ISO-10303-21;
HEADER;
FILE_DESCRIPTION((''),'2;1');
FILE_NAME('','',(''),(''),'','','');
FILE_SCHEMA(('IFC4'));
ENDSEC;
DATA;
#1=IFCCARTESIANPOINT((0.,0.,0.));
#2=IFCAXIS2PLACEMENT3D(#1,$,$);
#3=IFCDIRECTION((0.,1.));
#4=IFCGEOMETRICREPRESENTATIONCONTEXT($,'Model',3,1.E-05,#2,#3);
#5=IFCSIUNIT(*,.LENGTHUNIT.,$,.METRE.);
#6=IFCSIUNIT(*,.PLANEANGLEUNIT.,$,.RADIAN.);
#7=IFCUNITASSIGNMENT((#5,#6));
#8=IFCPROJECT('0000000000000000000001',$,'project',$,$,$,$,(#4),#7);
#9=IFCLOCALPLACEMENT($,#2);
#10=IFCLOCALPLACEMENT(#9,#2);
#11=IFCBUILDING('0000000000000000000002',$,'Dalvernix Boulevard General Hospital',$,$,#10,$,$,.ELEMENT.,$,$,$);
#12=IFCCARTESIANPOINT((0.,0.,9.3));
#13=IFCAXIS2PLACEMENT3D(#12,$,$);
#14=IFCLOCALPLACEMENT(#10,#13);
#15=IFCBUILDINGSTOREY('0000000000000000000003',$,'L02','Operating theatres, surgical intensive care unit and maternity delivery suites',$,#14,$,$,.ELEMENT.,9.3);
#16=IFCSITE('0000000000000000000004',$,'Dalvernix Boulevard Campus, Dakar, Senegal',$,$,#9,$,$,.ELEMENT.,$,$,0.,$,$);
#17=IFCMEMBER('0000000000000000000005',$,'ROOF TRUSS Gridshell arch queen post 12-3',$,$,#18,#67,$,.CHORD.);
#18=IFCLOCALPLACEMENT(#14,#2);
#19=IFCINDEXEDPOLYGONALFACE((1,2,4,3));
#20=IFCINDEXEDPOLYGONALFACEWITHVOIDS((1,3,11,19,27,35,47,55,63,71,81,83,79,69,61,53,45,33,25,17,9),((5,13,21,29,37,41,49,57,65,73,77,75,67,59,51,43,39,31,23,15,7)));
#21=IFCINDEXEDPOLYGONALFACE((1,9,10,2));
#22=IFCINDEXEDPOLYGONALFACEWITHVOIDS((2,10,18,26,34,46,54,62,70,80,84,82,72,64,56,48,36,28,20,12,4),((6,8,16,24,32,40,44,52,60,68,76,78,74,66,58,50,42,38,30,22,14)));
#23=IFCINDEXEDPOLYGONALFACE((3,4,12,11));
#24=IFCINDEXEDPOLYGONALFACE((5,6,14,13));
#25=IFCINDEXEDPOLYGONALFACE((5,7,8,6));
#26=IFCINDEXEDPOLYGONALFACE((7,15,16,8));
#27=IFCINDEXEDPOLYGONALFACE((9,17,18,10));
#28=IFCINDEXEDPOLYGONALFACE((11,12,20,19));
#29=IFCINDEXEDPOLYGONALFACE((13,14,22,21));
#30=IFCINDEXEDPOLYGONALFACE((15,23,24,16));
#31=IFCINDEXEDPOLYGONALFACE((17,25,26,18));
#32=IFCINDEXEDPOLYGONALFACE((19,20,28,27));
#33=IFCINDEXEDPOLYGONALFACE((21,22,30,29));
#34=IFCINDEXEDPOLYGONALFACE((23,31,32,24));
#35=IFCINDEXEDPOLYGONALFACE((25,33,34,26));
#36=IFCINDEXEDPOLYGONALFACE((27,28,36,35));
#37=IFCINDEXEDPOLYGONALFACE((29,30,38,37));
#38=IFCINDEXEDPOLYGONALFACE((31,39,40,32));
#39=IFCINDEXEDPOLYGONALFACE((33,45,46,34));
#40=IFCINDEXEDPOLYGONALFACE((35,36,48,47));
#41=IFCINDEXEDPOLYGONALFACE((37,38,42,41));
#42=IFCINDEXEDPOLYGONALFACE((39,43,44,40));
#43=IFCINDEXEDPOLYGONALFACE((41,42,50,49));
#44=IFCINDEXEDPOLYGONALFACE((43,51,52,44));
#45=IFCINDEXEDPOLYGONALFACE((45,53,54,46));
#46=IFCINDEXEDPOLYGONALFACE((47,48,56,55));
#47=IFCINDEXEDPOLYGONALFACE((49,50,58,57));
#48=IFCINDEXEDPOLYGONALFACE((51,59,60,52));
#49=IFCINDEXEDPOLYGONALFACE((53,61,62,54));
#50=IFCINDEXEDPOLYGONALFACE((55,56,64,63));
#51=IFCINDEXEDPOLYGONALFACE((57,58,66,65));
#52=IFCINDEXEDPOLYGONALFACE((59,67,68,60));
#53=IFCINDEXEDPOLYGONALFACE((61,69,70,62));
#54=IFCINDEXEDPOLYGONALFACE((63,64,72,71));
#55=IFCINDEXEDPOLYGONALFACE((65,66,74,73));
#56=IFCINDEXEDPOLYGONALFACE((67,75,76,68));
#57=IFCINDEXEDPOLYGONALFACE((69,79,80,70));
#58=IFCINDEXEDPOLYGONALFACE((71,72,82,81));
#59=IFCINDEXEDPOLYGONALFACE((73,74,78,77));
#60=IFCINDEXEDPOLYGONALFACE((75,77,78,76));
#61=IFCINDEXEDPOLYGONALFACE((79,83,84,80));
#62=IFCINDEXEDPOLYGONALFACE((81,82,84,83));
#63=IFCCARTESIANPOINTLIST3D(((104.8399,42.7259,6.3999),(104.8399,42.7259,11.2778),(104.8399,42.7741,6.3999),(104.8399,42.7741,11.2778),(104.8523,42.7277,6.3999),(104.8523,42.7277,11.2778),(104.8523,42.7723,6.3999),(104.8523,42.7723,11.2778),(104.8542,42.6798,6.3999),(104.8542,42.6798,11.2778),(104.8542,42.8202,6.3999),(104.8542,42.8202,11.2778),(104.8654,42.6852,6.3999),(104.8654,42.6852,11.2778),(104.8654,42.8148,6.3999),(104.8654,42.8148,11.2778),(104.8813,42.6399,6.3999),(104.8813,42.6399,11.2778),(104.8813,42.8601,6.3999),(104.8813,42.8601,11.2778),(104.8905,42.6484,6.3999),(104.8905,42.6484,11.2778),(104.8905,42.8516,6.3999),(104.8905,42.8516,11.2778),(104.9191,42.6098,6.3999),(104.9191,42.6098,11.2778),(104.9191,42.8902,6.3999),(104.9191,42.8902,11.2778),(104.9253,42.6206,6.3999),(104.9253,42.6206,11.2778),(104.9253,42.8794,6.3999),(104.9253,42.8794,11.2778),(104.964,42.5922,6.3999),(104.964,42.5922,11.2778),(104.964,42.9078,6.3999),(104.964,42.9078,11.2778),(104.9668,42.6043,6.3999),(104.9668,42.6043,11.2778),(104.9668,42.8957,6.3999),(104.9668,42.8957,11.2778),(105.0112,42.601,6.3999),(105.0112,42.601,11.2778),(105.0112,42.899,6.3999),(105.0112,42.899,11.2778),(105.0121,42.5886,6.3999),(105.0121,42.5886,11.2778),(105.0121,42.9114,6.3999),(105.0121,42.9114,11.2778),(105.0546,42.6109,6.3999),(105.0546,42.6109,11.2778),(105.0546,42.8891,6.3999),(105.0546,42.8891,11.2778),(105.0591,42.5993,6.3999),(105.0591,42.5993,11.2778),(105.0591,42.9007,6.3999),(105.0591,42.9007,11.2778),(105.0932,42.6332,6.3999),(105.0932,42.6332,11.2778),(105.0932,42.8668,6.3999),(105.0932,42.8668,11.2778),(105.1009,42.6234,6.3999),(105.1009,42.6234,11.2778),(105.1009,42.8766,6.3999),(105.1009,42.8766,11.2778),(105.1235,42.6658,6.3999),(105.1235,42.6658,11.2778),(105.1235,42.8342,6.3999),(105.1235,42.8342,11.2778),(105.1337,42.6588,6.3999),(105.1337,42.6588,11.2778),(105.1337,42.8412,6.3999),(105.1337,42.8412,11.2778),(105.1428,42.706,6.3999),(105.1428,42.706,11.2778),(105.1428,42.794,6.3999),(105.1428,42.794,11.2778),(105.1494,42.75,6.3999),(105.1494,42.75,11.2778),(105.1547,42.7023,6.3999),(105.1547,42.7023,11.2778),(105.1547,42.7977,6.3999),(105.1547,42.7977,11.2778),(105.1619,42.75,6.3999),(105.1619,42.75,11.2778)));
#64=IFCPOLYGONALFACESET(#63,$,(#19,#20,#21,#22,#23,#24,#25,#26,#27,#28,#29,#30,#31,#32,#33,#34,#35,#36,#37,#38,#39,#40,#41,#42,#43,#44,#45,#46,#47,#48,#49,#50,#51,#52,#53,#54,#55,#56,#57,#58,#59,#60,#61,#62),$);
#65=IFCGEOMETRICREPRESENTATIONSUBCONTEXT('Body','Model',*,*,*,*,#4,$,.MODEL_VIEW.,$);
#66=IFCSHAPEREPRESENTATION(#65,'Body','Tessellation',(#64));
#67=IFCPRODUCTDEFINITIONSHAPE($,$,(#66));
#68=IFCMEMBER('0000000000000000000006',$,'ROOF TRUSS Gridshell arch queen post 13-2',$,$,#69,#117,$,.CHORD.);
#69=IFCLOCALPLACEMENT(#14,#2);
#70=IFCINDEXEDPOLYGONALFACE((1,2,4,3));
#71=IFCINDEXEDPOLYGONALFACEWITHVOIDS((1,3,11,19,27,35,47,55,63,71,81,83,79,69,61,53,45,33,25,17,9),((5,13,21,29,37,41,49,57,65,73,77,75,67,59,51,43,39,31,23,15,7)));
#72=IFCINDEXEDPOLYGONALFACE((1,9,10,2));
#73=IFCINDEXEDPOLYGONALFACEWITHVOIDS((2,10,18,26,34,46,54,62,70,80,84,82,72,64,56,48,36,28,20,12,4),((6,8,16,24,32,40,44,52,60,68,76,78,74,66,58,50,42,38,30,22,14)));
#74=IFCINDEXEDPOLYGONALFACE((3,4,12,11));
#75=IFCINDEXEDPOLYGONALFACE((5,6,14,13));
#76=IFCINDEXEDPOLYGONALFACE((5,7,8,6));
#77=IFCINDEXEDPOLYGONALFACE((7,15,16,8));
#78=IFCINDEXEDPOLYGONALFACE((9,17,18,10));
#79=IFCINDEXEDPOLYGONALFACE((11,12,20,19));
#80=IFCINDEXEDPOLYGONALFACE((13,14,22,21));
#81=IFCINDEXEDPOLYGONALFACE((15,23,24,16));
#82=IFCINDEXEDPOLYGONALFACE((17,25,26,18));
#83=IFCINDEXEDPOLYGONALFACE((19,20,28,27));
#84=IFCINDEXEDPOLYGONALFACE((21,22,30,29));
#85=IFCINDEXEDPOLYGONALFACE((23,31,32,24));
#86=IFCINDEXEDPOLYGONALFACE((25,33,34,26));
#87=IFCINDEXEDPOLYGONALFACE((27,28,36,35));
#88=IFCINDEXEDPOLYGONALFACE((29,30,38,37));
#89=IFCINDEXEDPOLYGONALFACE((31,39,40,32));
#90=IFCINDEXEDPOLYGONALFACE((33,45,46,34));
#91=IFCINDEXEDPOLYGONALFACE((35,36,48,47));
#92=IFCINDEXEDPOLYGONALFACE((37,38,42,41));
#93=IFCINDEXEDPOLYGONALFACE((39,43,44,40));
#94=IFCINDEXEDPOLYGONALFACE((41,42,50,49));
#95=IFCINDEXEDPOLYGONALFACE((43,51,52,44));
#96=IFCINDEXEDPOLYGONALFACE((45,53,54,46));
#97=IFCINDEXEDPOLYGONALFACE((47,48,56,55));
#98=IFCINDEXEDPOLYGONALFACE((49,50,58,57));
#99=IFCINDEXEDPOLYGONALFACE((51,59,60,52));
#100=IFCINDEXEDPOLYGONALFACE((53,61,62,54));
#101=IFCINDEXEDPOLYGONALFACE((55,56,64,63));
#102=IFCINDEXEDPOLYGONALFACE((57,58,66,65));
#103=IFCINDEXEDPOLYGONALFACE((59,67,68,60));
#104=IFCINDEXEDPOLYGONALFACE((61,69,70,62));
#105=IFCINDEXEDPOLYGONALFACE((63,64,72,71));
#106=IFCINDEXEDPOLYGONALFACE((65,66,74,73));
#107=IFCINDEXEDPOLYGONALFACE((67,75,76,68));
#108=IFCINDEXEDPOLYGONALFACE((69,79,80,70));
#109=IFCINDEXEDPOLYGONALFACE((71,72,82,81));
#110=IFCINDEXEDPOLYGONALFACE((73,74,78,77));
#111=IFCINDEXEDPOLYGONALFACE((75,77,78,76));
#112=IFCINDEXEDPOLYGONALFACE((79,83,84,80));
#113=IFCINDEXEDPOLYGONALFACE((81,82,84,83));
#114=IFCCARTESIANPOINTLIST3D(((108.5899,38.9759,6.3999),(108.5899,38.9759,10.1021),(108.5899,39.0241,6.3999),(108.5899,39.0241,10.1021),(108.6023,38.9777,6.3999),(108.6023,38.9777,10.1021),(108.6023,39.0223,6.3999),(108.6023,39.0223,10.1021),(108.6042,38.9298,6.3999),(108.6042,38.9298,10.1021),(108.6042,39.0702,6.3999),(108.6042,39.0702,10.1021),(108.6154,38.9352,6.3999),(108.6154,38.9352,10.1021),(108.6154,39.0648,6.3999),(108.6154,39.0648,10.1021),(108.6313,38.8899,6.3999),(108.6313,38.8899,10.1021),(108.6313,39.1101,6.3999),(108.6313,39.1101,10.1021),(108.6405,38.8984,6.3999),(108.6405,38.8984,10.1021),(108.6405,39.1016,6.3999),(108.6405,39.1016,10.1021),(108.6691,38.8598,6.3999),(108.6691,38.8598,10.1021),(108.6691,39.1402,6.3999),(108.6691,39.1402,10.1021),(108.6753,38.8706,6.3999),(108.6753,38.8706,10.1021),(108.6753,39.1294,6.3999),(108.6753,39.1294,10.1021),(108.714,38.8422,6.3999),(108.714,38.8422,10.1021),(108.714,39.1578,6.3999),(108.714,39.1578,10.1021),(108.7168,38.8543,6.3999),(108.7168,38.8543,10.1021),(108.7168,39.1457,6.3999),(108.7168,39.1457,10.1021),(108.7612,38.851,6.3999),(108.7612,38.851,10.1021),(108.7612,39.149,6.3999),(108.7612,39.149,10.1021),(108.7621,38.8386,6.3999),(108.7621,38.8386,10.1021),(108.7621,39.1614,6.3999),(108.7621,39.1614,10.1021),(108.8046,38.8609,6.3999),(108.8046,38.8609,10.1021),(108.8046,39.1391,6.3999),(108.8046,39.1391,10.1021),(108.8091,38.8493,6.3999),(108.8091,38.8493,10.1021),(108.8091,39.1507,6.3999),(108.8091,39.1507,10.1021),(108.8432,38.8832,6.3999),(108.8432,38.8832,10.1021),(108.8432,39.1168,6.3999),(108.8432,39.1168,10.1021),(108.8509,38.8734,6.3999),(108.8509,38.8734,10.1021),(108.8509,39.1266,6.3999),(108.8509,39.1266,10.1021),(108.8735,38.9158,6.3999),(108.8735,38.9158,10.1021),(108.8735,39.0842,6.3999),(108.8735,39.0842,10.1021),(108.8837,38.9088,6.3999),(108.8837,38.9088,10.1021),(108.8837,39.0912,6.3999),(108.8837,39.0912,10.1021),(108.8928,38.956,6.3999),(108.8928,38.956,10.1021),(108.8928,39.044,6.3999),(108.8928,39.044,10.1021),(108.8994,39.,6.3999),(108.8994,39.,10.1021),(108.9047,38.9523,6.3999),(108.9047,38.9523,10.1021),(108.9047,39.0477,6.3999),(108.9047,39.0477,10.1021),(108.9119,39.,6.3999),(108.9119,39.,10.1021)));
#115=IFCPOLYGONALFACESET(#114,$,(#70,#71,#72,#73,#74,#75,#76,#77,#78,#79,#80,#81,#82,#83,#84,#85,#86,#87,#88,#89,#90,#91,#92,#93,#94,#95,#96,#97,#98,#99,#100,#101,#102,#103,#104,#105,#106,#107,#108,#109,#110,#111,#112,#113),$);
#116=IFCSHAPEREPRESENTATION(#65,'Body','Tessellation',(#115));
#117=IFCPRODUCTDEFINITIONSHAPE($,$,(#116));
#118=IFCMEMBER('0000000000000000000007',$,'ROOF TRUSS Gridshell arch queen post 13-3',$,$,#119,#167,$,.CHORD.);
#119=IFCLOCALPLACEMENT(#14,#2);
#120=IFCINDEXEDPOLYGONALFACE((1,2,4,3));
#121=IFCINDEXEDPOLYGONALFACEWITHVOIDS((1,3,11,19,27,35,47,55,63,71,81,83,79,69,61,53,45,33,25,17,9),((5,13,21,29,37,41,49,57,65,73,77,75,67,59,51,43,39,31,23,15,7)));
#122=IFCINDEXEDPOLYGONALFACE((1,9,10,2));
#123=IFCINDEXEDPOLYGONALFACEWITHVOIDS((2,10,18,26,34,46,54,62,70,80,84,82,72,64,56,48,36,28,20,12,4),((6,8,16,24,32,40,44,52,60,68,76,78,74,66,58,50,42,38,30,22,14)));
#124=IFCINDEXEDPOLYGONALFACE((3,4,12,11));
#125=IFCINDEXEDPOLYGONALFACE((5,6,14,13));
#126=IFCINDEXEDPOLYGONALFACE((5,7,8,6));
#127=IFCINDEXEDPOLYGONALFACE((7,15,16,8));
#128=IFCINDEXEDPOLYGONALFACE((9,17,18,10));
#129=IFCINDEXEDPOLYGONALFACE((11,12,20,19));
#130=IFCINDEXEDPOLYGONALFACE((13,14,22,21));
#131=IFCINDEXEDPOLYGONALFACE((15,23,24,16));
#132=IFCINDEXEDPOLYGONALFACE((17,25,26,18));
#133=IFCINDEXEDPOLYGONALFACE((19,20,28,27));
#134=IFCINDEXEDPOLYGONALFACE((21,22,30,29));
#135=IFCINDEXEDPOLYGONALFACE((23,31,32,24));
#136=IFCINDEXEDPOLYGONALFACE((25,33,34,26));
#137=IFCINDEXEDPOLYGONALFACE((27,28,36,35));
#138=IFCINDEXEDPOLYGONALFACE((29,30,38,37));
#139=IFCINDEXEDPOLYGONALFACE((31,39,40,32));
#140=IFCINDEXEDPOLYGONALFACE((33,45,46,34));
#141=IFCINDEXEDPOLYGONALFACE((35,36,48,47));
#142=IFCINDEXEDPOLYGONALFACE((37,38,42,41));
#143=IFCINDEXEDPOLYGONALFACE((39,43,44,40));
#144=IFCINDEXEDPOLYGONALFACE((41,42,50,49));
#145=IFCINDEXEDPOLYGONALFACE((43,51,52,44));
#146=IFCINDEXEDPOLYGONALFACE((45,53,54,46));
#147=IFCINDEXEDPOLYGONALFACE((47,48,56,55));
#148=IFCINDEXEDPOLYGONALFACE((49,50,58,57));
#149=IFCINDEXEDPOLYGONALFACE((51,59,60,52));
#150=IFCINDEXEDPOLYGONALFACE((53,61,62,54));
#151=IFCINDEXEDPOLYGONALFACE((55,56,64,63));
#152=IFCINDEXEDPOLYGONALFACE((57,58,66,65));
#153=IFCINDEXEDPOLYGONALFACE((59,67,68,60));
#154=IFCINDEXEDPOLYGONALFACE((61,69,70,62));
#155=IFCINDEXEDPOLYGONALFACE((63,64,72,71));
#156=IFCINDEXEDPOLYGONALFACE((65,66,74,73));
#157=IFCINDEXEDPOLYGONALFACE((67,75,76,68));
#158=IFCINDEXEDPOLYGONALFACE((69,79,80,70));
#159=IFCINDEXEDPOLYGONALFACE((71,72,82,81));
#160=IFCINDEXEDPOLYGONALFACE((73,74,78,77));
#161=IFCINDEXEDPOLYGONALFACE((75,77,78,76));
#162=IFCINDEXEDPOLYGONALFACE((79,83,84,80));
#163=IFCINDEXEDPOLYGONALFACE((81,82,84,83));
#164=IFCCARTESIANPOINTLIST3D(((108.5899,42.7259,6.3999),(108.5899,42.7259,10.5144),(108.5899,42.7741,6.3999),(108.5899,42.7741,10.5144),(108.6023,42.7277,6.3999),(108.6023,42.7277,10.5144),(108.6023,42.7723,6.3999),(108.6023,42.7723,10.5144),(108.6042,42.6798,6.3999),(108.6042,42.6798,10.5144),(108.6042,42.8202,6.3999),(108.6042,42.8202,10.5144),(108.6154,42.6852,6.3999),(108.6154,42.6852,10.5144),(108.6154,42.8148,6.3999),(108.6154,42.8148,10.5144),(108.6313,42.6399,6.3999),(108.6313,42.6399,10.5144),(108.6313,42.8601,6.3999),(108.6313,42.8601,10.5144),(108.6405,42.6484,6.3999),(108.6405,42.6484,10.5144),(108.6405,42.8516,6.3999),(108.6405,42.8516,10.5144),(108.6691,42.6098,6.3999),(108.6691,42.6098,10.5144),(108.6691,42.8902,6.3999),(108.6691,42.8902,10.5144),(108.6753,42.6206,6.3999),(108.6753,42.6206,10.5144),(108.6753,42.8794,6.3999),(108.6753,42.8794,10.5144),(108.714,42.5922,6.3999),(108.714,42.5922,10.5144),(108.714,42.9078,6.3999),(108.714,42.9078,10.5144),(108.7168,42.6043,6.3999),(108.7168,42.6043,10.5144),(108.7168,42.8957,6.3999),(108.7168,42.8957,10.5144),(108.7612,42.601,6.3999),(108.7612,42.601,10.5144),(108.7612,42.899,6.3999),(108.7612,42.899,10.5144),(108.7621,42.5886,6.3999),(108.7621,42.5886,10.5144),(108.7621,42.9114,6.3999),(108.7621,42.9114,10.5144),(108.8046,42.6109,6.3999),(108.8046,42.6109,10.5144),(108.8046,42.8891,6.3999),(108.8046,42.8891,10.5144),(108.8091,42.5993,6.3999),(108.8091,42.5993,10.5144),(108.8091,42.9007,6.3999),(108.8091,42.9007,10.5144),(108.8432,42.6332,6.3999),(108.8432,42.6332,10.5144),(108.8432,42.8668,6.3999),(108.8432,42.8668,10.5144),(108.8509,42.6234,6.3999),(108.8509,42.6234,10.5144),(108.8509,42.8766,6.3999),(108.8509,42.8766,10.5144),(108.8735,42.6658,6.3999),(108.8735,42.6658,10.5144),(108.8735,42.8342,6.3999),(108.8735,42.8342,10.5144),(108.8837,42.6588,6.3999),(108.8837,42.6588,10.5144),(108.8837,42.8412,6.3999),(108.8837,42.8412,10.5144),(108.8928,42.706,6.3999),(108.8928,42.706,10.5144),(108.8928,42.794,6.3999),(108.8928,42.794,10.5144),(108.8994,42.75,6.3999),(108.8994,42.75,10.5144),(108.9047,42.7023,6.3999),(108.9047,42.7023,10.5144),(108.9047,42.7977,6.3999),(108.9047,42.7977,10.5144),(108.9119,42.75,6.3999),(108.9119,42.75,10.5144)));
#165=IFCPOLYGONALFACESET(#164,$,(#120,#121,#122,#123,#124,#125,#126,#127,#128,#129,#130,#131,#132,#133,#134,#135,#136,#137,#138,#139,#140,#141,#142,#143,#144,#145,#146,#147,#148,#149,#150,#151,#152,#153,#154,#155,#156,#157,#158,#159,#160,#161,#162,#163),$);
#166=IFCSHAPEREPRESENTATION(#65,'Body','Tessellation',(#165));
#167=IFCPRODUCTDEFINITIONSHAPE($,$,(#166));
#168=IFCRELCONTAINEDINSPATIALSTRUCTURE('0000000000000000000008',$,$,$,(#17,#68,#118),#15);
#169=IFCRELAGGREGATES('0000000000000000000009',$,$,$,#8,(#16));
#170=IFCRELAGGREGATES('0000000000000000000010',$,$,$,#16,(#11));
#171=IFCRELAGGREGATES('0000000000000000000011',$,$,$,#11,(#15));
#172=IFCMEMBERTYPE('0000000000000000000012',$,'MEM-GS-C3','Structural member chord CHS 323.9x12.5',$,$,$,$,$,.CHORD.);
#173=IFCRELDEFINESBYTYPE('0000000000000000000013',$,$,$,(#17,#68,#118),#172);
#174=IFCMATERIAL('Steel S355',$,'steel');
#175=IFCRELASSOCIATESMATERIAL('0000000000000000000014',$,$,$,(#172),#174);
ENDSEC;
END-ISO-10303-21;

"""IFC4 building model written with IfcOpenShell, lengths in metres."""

from ifc_helpers import new_model, si_unit, direction, frame, origin, origin_2d, place, context, subcontext, project, spatial, hollow_circle, extrude, material, material_profile, profile_set, type_object, element, save


model = new_model("IFC4")

# Units and contexts
model_context = context("Model", 3, precision=1e-05, world=origin(), true_north=direction((0.0, 1.0)))
body_context = subcontext(model_context, "Body", "Model", "MODEL_VIEW")
ifc_project = project(units=[si_unit("LENGTHUNIT", "METRE"), si_unit("PLANEANGLEUNIT", "RADIAN")], contexts=[model_context])

# Site, building, storey
site_placement = place(None, origin())
site = spatial("IfcSite", under=ifc_project, at=site_placement, Name="Dalvernix Boulevard Campus, Dakar, Senegal", CompositionType="ELEMENT", RefElevation=0.0)
building_placement = place(site_placement, origin())
building = spatial("IfcBuilding", under=site, at=building_placement, Name="Dalvernix Boulevard General Hospital", CompositionType="ELEMENT")
storey_placement = place(building_placement, frame((0.0, 0.0, 9.3)))
storey = spatial("IfcBuildingStorey", under=building, at=storey_placement, Name="L02", Description="Operating theatres, surgical intensive care unit and maternity delivery suites", CompositionType="ELEMENT", Elevation=9.3)

# Shared definitions
ifc_material_1 = material(Name="Steel S355", Category="steel")

# Members
ifc_material_profile_1 = material_profile(ifc_material_1, hollow_circle(Radius=0.1619, WallThickness=0.0125, at=origin_2d()), Name="CHS 323.9x12.5")
ifc_profile_set_1 = profile_set([ifc_material_profile_1], Name="Steel S355")
member_type_1 = type_object("IfcMemberType", Name="MEM-GS-C3", Description="Structural member chord CHS 323.9x12.5", PredefinedType="CHORD", material=ifc_profile_set_1)
member_1_placement = place(storey_placement, frame((105.0, 42.75, 6.3999), z_axis=(0.0, 0.0, 1.0), x_axis=(1.0, 0.0, 0.0)))
element("IfcMember", 1, at=member_1_placement, inside=storey, type_object=member_type_1, Name="ROOF TRUSS Gridshell arch queen post 12-3", PredefinedType="CHORD", context=body_context, shape_type="SweptSolid", body=[
    extrude(hollow_circle(Radius=0.1619, WallThickness=0.0125, at=origin_2d()), origin(), (0.0, 0.0, 1.0), 4.8779),
])
member_2_placement = place(storey_placement, frame((108.75, 39.0, 6.3999), z_axis=(0.0, 0.0, 1.0), x_axis=(1.0, 0.0, 0.0)))
element("IfcMember", 2, at=member_2_placement, inside=storey, type_object=member_type_1, Name="ROOF TRUSS Gridshell arch queen post 13-2", PredefinedType="CHORD", context=body_context, shape_type="SweptSolid", body=[
    extrude(hollow_circle(Radius=0.1619, WallThickness=0.0125, at=origin_2d()), origin(), (0.0, 0.0, 1.0), 3.7021),
])
member_3_placement = place(storey_placement, frame((108.75, 42.75, 6.3999), z_axis=(0.0, 0.0, 1.0), x_axis=(1.0, 0.0, 0.0)))
element("IfcMember", 3, at=member_3_placement, inside=storey, type_object=member_type_1, Name="ROOF TRUSS Gridshell arch queen post 13-3", PredefinedType="CHORD", context=body_context, shape_type="SweptSolid", body=[
    extrude(hollow_circle(Radius=0.1619, WallThickness=0.0125, at=origin_2d()), origin(), (0.0, 0.0, 1.0), 4.1145),
])

save(model, "model.ifc")
